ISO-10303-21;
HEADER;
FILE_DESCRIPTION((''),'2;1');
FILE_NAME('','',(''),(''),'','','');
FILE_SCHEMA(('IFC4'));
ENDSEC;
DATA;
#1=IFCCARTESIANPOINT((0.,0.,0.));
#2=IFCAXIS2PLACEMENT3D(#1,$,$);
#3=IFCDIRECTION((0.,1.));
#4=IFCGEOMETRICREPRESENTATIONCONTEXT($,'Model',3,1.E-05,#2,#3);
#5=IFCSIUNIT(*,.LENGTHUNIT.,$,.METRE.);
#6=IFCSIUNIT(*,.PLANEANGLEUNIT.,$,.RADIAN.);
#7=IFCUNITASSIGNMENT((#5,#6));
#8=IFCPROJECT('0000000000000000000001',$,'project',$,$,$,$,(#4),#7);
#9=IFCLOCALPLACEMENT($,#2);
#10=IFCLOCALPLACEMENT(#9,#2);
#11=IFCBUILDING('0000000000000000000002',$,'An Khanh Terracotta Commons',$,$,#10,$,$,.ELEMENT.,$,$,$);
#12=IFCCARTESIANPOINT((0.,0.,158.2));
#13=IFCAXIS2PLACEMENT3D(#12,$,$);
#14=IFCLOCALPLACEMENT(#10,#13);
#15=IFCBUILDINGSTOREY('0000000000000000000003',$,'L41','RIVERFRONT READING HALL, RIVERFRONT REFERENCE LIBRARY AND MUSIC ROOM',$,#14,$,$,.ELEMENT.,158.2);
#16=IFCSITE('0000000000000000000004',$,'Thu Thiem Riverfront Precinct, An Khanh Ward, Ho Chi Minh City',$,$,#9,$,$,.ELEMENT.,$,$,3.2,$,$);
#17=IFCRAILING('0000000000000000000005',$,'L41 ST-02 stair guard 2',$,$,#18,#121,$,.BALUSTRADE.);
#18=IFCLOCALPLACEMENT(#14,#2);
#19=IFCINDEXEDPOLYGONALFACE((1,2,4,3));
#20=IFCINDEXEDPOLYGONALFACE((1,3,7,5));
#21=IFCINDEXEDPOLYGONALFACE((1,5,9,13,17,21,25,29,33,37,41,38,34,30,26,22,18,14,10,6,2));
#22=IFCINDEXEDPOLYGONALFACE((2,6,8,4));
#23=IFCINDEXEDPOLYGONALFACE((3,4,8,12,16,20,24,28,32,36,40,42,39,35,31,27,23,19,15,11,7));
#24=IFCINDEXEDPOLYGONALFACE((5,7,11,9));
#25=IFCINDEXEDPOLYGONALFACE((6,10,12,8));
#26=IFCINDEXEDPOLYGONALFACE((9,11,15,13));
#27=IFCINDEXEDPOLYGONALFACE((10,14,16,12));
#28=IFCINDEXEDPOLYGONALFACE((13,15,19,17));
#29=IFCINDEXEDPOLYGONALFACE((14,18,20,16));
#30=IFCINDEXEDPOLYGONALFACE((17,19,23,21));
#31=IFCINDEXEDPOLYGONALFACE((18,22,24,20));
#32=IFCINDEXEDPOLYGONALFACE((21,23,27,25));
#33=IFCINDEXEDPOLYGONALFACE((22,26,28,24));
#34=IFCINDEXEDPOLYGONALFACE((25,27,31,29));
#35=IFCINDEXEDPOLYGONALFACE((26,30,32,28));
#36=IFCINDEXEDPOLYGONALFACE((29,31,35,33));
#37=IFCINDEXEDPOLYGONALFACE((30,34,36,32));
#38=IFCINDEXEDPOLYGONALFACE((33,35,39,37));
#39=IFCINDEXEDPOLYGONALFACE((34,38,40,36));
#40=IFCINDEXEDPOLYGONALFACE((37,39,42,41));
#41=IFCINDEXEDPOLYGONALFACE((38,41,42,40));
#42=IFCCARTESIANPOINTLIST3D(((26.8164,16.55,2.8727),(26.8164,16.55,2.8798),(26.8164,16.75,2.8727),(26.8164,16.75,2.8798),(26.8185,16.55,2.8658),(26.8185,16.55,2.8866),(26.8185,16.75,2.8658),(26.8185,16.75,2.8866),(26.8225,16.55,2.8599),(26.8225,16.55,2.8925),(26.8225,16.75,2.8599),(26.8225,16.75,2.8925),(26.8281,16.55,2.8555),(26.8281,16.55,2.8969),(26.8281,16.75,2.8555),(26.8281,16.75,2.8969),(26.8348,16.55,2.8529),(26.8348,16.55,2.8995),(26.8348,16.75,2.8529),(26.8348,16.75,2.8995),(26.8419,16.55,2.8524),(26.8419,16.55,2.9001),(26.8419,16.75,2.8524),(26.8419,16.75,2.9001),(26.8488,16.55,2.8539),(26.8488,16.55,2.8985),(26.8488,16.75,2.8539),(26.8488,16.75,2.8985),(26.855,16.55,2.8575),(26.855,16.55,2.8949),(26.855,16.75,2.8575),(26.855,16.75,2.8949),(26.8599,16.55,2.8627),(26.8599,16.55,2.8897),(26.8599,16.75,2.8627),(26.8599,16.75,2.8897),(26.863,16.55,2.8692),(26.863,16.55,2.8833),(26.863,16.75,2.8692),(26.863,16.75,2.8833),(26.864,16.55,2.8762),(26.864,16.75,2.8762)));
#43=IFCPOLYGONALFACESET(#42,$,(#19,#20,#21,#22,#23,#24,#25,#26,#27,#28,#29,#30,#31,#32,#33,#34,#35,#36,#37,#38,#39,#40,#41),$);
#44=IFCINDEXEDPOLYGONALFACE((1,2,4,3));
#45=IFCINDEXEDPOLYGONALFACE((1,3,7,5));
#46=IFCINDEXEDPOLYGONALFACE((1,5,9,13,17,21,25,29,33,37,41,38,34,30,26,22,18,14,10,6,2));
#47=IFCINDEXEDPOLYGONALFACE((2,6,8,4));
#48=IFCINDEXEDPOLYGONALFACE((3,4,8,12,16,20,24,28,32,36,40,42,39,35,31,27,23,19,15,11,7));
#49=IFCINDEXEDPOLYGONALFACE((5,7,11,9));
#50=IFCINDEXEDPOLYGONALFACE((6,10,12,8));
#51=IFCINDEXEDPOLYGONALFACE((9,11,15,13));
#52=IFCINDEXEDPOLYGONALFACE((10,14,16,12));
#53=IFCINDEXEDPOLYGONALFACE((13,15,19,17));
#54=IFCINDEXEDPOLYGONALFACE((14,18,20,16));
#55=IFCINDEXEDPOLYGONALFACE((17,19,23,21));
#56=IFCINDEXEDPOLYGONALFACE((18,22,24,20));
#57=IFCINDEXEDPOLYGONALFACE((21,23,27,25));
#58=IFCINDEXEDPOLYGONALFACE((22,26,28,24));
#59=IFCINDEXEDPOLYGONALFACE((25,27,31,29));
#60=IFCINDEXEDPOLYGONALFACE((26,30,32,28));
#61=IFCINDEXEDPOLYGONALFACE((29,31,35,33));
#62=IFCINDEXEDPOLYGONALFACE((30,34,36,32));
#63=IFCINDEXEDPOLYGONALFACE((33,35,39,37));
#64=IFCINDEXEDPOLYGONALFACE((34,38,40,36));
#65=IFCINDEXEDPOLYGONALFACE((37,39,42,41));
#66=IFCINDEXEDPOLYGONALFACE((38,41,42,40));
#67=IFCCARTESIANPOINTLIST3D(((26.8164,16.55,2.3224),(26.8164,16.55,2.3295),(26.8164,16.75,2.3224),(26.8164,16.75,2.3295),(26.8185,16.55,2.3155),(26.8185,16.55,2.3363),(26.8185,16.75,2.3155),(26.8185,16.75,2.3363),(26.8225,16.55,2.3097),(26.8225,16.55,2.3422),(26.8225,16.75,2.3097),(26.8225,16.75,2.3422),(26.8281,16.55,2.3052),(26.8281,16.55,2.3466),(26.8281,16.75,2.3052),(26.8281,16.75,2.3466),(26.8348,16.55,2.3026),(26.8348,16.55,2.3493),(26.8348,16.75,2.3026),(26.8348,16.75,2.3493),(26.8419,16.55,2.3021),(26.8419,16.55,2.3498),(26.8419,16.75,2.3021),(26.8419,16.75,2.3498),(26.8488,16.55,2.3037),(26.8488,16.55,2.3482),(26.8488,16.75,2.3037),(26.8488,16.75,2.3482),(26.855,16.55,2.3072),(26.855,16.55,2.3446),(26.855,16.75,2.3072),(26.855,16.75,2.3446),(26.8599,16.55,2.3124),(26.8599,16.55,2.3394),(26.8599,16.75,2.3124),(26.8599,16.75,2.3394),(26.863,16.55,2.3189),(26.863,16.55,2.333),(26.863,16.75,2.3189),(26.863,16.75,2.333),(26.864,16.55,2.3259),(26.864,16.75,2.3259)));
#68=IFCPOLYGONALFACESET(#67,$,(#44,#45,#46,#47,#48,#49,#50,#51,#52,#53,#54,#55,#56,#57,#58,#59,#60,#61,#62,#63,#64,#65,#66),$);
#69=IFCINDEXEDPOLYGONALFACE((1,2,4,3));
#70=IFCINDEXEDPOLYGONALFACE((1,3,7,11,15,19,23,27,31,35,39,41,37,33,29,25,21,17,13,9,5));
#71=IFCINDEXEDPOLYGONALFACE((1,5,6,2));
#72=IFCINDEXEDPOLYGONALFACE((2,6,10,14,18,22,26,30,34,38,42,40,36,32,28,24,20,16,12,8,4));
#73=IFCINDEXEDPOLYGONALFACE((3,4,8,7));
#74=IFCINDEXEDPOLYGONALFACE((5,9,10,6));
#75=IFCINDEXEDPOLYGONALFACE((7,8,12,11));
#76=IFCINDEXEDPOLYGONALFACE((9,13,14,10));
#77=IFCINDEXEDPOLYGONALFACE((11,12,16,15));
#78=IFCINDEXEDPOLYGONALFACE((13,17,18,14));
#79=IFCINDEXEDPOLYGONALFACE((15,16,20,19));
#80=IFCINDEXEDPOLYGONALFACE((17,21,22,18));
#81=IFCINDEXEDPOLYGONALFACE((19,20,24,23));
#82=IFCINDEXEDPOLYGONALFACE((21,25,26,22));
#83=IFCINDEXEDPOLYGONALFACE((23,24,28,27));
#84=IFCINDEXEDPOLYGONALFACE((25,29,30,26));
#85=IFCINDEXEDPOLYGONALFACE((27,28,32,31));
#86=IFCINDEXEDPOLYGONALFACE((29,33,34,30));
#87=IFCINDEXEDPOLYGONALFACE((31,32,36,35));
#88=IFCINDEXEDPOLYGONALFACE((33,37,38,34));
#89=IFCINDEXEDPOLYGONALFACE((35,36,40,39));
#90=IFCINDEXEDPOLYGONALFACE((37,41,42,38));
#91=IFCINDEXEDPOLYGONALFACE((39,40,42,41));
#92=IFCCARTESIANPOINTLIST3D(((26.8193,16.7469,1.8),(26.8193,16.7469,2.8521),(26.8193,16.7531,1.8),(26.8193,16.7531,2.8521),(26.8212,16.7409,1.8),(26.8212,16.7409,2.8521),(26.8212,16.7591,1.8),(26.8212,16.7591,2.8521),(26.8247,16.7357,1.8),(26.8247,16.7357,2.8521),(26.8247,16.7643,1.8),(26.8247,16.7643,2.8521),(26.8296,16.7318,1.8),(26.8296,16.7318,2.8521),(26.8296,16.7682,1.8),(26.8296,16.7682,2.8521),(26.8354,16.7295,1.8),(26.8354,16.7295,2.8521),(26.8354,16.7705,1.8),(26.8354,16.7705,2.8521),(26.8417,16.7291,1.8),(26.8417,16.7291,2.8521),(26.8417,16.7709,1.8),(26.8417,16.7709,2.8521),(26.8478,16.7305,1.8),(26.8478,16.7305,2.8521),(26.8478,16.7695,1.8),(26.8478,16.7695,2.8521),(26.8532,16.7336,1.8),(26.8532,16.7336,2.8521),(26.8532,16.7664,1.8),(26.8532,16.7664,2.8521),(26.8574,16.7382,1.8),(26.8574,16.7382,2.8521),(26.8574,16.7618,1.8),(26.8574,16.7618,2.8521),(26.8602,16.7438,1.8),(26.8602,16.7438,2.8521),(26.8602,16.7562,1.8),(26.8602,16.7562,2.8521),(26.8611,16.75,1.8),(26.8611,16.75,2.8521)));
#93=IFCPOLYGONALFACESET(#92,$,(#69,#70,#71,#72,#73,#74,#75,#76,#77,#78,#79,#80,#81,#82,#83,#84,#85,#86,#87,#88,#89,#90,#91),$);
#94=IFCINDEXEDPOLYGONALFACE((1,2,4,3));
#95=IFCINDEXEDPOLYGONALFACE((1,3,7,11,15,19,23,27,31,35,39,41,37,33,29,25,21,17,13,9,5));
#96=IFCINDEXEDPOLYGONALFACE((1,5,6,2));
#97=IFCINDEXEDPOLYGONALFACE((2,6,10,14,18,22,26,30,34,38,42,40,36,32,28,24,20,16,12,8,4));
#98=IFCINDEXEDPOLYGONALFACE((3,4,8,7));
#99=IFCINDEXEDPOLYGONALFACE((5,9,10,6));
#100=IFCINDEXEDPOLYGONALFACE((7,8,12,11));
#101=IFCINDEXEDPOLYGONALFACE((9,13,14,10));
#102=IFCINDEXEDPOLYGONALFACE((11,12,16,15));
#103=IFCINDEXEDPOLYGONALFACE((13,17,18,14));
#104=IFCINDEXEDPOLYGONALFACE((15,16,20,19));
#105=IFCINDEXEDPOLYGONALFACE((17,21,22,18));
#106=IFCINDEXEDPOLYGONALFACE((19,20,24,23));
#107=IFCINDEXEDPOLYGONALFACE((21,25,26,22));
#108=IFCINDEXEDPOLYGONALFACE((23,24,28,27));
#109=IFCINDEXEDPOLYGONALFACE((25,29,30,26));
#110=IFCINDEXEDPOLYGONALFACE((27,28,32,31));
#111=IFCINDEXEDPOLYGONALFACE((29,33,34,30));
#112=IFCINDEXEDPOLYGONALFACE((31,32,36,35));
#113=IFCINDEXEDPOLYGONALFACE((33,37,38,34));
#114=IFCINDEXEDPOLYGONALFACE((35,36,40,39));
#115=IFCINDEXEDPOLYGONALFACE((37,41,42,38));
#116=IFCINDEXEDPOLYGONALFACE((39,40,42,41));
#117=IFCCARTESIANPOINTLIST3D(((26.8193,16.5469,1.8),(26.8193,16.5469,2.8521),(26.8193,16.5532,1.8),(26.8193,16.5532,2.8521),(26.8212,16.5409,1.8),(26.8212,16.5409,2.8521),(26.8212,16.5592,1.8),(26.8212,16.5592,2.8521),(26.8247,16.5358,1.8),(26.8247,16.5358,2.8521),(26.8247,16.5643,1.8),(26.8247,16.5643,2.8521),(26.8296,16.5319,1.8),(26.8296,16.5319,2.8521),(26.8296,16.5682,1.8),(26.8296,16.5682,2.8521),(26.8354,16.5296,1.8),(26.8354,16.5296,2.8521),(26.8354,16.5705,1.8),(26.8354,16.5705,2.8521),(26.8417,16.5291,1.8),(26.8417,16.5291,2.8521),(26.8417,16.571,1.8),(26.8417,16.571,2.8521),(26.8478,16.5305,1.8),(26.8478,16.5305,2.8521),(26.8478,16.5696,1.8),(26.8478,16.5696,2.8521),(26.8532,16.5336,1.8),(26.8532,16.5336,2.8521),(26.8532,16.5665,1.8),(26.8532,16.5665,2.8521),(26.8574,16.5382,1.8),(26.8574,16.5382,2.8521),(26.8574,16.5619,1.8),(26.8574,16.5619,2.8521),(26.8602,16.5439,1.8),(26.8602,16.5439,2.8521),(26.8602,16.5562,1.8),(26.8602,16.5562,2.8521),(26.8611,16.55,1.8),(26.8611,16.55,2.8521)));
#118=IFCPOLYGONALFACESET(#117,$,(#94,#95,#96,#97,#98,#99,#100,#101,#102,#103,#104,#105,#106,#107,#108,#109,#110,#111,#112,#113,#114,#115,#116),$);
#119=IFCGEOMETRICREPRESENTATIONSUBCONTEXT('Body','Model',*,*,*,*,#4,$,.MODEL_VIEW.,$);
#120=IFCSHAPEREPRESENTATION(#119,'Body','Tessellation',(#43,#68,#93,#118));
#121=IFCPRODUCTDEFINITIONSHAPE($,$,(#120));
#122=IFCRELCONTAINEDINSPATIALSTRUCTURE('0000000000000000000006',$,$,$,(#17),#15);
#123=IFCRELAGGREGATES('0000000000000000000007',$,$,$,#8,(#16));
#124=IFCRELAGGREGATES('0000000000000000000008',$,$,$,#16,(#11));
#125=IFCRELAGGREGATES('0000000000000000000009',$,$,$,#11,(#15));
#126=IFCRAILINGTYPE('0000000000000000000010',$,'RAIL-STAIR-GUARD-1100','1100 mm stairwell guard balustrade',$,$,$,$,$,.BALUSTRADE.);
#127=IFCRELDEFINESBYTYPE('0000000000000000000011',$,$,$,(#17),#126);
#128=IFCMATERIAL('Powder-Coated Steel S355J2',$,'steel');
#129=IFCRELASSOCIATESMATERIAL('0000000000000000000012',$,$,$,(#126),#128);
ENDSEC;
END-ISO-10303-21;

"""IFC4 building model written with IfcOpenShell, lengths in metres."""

from ifc_helpers import new_model, si_unit, direction, frame, origin, origin_2d, place, context, subcontext, project, spatial, circle, extrude, material, type_object, element, save


model = new_model("IFC4")

# Units and contexts
model_context = context("Model", 3, precision=1e-05, world=origin(), true_north=direction((0.0, 1.0)))
body_context = subcontext(model_context, "Body", "Model", "MODEL_VIEW")
ifc_project = project(units=[si_unit("LENGTHUNIT", "METRE"), si_unit("PLANEANGLEUNIT", "RADIAN")], contexts=[model_context])

# Site, building, storey
site_placement = place(None, origin())
site = spatial("IfcSite", under=ifc_project, at=site_placement, Name="Thu Thiem Riverfront Precinct, An Khanh Ward, Ho Chi Minh City", CompositionType="ELEMENT", RefElevation=3.2)
building_placement = place(site_placement, origin())
building = spatial("IfcBuilding", under=site, at=building_placement, Name="An Khanh Terracotta Commons", CompositionType="ELEMENT")
storey_placement = place(building_placement, frame((0.0, 0.0, 158.2)))
storey = spatial("IfcBuildingStorey", under=building, at=storey_placement, Name="L41", Description="RIVERFRONT READING HALL, RIVERFRONT REFERENCE LIBRARY AND MUSIC ROOM", CompositionType="ELEMENT", Elevation=158.2)

# Railing
ifc_material_1 = material(Name="Powder-Coated Steel S355J2", Category="steel")
railing_type_1 = type_object("IfcRailingType", Name="RAIL-STAIR-GUARD-1100", Description="1100 mm stairwell guard balustrade", PredefinedType="BALUSTRADE", material=ifc_material_1)
railing_1_placement = place(storey_placement, frame((26.8401, 16.75, 1.8)))
element("IfcRailing", 1, at=railing_1_placement, inside=storey, type_object=railing_type_1, Name="L41 ST-02 stair guard 2", PredefinedType="BALUSTRADE", context=body_context, shape_type="SweptSolid", body=[
    extrude(circle(Radius=0.0239, at=origin_2d()), frame((0.0, 0.0, 1.0762), z_axis=(0.0, -1.0, 0.0), x_axis=(1.0, 0.0, 0.0)), (0.0, 0.0, 1.0), 0.2),
    extrude(circle(Radius=0.0239, at=origin_2d()), frame((0.0, 0.0, 0.5259), z_axis=(0.0, -1.0, 0.0), x_axis=(1.0, 0.0, 0.0)), (0.0, 0.0, 1.0), 0.2),
    extrude(circle(Radius=0.021, at=origin_2d()), origin(), (0.0, 0.0, 1.0), 1.052),
    extrude(circle(Radius=0.021, at=origin_2d()), frame((0.0, -0.2, 0.0)), (0.0, 0.0, 1.0), 1.052),
])

save(model, "model.ifc")
